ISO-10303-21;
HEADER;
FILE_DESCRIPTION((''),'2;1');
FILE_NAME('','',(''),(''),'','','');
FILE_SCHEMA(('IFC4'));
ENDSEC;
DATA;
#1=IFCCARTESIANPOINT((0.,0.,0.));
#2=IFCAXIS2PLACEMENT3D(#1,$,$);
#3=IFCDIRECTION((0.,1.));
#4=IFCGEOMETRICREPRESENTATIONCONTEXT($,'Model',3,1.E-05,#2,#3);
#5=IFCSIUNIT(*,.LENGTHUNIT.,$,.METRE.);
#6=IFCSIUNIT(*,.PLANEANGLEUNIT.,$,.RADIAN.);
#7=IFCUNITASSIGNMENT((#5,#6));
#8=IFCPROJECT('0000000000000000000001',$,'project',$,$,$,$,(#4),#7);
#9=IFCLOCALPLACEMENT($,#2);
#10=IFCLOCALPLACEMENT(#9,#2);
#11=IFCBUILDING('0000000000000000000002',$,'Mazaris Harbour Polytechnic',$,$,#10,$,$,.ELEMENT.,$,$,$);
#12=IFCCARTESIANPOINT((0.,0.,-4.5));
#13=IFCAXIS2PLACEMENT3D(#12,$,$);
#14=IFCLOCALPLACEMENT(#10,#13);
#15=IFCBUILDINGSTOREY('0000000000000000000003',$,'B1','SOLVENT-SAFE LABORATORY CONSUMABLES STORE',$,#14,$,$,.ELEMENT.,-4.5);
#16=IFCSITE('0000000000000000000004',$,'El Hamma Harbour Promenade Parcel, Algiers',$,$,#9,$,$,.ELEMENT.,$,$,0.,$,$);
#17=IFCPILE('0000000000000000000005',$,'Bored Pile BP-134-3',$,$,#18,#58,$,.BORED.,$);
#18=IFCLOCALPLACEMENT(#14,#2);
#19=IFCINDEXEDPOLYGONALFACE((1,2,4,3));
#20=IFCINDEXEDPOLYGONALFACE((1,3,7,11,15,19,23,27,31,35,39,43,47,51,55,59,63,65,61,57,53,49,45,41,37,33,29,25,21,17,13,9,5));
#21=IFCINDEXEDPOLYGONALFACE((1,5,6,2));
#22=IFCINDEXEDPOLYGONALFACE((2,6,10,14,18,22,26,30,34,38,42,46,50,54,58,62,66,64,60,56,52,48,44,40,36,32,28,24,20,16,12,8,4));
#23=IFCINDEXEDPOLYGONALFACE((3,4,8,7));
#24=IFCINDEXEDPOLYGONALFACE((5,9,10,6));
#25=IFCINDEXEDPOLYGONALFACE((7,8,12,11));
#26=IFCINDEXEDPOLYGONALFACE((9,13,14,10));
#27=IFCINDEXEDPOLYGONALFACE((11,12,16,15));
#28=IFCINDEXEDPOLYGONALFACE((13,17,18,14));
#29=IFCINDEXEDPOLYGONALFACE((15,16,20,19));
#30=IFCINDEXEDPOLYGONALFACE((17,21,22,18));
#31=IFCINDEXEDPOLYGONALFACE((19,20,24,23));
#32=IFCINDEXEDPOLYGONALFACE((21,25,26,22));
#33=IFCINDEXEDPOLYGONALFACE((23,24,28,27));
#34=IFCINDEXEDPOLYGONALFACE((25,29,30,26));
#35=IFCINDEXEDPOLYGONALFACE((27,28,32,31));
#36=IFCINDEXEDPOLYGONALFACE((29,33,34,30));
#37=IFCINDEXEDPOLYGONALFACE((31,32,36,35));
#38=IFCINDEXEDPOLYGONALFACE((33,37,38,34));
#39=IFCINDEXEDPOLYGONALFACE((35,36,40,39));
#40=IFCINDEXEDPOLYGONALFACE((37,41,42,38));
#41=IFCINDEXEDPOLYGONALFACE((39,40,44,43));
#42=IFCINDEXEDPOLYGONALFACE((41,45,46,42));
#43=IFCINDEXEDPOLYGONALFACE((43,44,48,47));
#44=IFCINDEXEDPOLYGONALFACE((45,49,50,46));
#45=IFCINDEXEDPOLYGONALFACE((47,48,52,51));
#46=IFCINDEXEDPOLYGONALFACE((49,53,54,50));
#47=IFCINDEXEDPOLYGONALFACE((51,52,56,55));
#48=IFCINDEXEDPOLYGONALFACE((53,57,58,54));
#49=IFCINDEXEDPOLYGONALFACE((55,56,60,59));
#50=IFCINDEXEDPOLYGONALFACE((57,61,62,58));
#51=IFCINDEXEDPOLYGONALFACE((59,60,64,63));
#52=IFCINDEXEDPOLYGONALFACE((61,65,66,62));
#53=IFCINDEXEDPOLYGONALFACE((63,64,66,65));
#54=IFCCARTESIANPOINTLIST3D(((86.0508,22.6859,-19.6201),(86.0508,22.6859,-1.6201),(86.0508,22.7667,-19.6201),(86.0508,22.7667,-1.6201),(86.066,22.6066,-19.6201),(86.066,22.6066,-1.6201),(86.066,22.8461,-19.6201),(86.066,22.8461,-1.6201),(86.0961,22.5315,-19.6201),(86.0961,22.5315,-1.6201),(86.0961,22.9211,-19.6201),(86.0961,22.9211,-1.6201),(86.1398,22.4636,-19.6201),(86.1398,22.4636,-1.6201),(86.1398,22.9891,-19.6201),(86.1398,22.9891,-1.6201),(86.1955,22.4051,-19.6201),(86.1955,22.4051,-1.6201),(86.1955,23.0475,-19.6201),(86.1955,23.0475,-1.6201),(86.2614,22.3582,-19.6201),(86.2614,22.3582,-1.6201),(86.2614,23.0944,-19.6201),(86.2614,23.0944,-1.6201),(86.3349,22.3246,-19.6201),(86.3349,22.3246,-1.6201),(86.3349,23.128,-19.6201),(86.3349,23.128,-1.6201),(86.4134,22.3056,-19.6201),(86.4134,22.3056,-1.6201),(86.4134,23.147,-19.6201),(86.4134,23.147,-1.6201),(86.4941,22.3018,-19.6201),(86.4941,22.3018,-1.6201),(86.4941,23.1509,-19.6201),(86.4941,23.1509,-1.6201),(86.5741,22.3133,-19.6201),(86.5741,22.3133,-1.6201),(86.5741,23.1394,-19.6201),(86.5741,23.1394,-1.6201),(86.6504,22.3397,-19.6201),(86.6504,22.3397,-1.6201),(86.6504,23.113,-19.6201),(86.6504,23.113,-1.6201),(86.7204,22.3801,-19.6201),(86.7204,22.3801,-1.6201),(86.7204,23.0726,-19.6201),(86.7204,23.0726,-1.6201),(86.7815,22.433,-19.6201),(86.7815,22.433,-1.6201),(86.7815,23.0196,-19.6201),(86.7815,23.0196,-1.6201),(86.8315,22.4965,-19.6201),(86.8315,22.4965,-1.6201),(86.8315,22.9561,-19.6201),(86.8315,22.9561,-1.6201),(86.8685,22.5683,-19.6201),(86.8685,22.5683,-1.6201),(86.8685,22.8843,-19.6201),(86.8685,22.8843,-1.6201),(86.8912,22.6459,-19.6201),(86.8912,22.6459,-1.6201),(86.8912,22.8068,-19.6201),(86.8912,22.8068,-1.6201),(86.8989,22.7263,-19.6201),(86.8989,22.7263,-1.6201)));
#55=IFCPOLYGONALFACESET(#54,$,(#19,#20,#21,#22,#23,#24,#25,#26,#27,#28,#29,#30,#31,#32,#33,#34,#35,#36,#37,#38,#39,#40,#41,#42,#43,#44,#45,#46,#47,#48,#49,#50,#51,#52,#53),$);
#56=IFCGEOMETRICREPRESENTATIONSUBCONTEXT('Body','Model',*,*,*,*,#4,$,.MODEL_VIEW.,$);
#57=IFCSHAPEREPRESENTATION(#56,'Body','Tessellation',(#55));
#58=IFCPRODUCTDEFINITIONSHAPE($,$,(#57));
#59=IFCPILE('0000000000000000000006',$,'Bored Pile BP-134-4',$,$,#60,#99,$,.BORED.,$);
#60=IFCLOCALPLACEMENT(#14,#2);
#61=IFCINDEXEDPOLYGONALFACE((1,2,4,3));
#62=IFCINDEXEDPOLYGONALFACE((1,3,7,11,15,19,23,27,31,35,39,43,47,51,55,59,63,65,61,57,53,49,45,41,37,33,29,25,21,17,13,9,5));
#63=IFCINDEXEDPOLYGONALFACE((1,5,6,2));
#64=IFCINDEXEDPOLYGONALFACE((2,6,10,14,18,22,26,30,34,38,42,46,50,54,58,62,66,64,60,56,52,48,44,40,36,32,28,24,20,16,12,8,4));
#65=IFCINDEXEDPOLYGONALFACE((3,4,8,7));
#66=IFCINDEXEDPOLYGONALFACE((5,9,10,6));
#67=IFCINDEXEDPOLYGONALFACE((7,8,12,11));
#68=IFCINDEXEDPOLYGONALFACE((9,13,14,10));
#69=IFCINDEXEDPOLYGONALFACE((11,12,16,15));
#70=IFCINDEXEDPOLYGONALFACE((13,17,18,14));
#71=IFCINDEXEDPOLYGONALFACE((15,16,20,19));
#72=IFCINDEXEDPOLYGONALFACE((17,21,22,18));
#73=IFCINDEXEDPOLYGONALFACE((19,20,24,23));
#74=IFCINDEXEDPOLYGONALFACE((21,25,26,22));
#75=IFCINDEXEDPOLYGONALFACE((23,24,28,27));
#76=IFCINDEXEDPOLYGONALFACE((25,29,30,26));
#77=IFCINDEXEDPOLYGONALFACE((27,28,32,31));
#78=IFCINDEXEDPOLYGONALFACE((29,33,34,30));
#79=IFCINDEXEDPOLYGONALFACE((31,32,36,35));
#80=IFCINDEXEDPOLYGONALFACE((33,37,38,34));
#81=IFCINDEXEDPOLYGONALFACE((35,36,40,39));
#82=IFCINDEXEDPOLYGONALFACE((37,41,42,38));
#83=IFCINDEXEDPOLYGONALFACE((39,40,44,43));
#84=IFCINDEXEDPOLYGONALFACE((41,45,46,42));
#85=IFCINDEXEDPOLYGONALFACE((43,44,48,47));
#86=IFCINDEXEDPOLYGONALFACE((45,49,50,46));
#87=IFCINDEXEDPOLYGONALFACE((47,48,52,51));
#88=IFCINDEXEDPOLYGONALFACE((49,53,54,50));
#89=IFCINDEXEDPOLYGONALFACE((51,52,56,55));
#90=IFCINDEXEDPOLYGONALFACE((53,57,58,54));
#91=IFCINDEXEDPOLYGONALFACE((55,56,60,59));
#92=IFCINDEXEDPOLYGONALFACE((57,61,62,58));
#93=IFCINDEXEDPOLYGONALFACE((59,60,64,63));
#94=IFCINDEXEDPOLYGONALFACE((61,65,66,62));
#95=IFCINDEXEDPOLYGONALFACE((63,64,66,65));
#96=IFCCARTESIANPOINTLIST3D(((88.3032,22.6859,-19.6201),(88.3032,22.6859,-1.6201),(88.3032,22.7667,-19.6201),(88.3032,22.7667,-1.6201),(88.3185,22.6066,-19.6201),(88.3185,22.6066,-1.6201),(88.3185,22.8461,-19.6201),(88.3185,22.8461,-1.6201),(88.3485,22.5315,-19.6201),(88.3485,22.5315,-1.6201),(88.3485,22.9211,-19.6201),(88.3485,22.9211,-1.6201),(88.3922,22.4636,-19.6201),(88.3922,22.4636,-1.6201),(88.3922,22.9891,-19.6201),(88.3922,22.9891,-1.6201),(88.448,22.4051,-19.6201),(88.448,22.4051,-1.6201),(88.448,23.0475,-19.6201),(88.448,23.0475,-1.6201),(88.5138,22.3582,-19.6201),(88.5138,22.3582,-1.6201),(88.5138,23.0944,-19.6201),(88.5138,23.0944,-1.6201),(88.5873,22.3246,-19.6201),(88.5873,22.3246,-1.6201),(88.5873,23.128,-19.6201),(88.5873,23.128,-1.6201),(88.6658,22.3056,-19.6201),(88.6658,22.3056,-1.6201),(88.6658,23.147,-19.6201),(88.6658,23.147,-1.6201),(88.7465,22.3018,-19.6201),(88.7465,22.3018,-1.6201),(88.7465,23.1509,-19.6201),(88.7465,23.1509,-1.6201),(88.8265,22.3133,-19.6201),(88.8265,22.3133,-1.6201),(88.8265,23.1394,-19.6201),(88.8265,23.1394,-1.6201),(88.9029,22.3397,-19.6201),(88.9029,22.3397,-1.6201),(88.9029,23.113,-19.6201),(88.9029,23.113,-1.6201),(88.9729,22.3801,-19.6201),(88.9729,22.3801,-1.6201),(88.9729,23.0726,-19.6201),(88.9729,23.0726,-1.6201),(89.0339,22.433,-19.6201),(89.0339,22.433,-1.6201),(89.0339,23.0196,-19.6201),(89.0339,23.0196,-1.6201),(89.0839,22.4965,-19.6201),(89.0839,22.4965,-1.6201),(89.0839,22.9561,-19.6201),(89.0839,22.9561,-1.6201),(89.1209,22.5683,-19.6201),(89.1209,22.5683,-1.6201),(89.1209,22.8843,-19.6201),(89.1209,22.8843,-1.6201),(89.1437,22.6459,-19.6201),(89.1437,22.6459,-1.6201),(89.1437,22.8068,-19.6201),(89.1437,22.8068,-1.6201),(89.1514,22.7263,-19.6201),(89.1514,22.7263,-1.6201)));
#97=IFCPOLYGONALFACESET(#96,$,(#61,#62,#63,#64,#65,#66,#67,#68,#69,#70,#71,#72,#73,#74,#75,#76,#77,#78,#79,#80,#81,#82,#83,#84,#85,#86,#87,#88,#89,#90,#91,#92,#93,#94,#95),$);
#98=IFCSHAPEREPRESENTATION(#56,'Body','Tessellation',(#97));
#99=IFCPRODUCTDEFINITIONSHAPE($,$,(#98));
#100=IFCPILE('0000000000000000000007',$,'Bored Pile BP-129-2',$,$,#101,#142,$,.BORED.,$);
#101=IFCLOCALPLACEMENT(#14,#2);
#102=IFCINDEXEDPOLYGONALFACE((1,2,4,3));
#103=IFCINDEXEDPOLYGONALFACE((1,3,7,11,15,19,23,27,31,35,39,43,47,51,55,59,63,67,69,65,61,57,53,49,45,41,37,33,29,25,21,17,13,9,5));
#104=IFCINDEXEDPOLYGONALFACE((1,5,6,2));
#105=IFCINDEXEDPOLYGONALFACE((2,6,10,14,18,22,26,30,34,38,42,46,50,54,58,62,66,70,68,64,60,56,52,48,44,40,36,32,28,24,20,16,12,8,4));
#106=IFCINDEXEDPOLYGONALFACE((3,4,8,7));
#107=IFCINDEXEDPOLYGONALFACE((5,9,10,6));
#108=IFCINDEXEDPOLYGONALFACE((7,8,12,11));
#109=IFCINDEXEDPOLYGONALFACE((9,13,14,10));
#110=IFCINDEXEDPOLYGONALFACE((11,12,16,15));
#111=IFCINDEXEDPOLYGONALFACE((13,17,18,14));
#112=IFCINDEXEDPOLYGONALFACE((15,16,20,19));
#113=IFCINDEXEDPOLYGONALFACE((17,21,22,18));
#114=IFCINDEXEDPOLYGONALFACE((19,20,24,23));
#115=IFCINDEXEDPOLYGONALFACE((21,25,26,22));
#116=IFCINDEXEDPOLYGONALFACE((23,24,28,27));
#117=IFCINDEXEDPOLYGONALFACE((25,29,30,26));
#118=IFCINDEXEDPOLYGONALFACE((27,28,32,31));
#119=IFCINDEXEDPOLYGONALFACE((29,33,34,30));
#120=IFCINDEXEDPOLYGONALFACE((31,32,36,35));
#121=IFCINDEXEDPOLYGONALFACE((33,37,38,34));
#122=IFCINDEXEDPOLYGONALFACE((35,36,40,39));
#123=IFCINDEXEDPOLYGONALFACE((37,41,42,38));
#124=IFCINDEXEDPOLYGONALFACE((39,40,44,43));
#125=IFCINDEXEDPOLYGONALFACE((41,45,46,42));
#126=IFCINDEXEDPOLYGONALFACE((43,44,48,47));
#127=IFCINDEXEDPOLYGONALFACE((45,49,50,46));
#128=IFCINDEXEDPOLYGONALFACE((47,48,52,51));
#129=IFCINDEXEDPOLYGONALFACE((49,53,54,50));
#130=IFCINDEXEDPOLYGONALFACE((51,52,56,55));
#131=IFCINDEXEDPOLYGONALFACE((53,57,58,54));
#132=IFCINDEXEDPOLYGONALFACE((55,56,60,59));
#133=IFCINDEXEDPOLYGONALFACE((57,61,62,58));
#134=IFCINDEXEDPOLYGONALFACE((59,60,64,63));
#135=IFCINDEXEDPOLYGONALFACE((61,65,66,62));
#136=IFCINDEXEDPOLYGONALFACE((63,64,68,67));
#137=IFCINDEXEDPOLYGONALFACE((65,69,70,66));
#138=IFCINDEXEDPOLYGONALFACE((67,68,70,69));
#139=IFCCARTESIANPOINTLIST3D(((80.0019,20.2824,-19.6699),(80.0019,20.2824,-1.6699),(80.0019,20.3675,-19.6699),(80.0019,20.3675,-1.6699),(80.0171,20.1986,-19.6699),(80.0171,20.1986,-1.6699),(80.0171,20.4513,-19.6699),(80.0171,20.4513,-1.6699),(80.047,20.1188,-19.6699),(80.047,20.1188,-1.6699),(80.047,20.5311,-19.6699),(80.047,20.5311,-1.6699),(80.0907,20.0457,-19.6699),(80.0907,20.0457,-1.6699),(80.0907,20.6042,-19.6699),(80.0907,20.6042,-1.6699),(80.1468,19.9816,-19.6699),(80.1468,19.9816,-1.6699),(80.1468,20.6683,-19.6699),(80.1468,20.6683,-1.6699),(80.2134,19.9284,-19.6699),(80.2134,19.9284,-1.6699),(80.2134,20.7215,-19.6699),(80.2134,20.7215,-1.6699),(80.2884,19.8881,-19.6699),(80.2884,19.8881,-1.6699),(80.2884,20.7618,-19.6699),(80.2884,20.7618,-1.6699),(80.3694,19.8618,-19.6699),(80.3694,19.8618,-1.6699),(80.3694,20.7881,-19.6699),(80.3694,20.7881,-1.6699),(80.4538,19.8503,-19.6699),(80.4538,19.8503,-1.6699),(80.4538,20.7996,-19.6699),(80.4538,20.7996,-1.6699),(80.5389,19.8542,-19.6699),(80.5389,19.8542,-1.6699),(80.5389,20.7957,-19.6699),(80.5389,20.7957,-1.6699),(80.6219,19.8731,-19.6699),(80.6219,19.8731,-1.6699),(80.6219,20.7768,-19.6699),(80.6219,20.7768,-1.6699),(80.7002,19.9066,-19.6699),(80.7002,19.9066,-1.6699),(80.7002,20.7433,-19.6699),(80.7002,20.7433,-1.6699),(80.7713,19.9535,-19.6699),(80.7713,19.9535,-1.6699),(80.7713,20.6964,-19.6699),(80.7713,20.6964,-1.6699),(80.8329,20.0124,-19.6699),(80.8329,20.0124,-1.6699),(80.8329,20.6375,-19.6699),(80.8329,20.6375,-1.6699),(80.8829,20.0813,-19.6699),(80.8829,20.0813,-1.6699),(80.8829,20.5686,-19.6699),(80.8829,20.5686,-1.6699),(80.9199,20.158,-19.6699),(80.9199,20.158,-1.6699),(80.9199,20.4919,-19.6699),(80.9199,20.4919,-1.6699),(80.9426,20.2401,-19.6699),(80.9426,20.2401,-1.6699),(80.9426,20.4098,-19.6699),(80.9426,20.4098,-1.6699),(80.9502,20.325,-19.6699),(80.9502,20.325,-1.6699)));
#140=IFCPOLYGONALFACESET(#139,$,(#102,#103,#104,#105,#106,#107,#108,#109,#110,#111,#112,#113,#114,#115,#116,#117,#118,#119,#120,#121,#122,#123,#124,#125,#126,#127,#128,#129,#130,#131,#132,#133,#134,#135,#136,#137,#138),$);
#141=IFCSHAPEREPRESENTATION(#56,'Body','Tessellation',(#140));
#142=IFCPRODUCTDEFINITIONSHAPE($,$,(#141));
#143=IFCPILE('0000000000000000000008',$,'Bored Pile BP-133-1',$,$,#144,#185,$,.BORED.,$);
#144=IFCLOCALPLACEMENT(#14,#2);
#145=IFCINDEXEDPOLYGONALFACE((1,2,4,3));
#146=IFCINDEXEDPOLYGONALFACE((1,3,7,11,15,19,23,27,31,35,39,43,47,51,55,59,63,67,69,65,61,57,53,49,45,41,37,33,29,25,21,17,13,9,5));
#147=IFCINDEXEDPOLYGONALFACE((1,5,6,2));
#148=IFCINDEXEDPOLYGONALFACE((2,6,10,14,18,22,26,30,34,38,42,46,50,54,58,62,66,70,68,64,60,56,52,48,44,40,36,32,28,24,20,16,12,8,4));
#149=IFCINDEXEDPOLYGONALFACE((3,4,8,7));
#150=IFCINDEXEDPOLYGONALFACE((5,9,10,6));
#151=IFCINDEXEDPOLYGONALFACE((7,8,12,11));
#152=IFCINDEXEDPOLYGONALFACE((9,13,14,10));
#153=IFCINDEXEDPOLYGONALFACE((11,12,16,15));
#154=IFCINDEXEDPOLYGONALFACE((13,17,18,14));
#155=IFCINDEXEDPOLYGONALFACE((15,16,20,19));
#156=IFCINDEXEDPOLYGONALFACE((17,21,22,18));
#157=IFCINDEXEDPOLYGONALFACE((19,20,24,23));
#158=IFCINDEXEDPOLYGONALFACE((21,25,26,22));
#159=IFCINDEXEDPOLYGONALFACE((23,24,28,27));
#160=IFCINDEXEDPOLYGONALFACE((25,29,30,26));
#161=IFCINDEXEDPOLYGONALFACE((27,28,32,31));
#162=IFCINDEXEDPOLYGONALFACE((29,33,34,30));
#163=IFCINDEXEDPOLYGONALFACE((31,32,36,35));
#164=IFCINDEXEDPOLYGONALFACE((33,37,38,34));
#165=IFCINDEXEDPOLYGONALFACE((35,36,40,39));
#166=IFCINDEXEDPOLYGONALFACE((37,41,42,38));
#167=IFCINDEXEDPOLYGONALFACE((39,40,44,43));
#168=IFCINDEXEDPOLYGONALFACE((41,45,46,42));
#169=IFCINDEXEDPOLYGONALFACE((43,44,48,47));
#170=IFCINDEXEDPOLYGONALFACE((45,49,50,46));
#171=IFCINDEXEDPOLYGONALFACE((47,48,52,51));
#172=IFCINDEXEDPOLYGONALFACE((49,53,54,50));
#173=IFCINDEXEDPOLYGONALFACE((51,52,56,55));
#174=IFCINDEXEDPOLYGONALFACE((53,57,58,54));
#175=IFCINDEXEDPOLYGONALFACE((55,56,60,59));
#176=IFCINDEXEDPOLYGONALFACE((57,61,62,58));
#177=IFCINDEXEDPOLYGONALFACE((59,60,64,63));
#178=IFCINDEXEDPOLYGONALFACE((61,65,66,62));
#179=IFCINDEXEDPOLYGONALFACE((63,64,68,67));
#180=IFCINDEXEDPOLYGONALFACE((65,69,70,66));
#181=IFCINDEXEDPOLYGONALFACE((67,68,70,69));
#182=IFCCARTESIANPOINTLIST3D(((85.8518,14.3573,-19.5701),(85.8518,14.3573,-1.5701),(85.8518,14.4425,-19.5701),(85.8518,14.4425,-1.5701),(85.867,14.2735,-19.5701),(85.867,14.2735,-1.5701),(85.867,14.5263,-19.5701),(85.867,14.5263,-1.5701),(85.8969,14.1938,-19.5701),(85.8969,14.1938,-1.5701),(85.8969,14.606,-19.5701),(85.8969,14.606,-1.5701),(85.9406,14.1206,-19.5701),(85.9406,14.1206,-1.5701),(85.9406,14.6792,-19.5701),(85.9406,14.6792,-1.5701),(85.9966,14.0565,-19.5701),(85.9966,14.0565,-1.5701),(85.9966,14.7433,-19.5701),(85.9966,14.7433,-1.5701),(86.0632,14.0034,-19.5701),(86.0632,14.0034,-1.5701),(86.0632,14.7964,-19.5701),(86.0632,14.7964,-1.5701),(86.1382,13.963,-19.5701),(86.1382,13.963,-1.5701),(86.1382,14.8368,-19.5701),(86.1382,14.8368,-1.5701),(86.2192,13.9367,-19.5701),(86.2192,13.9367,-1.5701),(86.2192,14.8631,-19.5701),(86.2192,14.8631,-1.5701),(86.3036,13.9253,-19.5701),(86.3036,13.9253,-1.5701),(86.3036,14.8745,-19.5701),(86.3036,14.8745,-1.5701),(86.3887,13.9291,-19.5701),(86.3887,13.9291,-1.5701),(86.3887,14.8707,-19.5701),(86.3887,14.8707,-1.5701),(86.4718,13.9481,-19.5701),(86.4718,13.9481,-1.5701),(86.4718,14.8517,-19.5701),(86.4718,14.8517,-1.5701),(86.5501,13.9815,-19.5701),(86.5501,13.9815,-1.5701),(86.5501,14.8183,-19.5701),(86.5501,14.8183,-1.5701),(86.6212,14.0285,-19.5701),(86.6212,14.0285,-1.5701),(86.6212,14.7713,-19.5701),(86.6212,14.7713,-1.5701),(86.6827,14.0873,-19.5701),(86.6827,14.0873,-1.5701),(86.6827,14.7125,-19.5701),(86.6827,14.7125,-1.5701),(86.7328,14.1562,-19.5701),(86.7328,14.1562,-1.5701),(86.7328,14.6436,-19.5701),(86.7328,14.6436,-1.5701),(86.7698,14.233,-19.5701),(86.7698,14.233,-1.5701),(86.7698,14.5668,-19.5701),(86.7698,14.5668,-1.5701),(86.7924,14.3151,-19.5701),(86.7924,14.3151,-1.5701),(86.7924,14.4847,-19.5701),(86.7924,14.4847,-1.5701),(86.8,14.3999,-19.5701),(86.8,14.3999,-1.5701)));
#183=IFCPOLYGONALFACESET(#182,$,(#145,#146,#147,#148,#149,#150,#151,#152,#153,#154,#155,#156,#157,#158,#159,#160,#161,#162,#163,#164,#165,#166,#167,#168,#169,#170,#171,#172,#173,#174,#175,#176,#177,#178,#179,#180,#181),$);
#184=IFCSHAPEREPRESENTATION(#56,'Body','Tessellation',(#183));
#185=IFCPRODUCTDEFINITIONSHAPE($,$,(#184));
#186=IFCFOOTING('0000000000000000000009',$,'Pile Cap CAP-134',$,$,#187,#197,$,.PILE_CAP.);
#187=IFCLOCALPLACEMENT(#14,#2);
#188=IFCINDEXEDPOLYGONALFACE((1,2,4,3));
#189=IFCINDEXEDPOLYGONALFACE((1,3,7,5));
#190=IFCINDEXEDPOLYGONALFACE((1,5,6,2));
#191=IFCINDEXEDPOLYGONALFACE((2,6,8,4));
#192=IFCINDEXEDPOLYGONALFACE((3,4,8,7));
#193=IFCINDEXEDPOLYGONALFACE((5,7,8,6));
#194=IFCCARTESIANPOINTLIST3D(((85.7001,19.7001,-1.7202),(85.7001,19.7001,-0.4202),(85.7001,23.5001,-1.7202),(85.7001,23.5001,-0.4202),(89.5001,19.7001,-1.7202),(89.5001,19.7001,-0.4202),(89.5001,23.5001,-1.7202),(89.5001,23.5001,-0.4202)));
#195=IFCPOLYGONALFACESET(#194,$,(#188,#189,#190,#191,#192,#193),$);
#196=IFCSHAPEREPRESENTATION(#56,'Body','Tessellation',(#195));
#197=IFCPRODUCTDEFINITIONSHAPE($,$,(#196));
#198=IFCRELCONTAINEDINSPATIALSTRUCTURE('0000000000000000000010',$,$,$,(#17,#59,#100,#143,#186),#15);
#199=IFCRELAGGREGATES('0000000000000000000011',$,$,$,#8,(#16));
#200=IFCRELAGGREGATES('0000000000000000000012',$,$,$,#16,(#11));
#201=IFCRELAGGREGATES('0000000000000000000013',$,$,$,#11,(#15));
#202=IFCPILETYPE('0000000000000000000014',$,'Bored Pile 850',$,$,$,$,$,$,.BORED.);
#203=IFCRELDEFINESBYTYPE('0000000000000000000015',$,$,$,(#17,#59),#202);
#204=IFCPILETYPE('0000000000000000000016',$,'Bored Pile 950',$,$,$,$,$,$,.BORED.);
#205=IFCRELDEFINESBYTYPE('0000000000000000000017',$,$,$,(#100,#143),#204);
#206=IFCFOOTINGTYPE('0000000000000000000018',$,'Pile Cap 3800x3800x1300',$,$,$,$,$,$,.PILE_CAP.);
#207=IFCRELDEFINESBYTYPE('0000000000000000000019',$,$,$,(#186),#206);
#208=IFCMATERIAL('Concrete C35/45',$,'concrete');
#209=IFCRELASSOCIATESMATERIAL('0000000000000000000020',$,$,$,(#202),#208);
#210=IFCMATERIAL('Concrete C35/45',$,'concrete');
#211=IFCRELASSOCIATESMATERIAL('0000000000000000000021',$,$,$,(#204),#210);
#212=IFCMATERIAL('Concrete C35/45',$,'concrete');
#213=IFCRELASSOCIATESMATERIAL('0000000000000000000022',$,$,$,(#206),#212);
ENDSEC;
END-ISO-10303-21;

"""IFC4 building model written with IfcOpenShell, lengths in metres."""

from ifc_helpers import new_model, si_unit, direction, frame, origin, origin_2d, place, context, subcontext, project, spatial, rectangle, circle, extrude, material, material_profile, profile_set, type_object, element, save


model = new_model("IFC4")

# Units and contexts
model_context = context("Model", 3, precision=1e-05, world=origin(), true_north=direction((0.0, 1.0)))
body_context = subcontext(model_context, "Body", "Model", "MODEL_VIEW")
ifc_project = project(units=[si_unit("LENGTHUNIT", "METRE"), si_unit("PLANEANGLEUNIT", "RADIAN")], contexts=[model_context])

# Site, building, storey
site_placement = place(None, origin())
site = spatial("IfcSite", under=ifc_project, at=site_placement, Name="El Hamma Harbour Promenade Parcel, Algiers", CompositionType="ELEMENT", RefElevation=0.0)
building_placement = place(site_placement, origin())
building = spatial("IfcBuilding", under=site, at=building_placement, Name="Mazaris Harbour Polytechnic", CompositionType="ELEMENT")
storey_placement = place(building_placement, frame((0.0, 0.0, -4.5)))
storey = spatial("IfcBuildingStorey", under=building, at=storey_placement, Name="B1", Description="SOLVENT-SAFE LABORATORY CONSUMABLES STORE", CompositionType="ELEMENT", Elevation=-4.5)

# Piles
ifc_material_1 = material(Name="Concrete C35/45", Category="concrete")
ifc_material_profile_1 = material_profile(ifc_material_1, circle(Radius=0.425, at=origin_2d()), Name="DIA850")
ifc_profile_set_1 = profile_set([ifc_material_profile_1], Name="Concrete C35/45")
pile_type_1 = type_object("IfcPileType", Name="Bored Pile 850", PredefinedType="BORED", material=ifc_profile_set_1)
for number, where, z_axis, x_axis, name in (
    (1, (86.4739, 22.7263, -1.6201), (0.0, 0.0, -1.0), (1.0, 0.0, 0.0), "Bored Pile BP-134-3"),
    (2, (88.7263, 22.7263, -1.6201), (0.0, 0.0, -1.0), (1.0, 0.0, 0.0), "Bored Pile BP-134-4"),
):
    element("IfcPile", number, at=place(storey_placement, frame(where, z_axis=z_axis, x_axis=x_axis)), inside=storey, type_object=pile_type_1, Name=name, PredefinedType="BORED", context=body_context, shape_type="SweptSolid", body=[
        extrude(circle(Radius=0.425, at=origin_2d()), origin(), (0.0, 0.0, 1.0), 18.0),
    ])
ifc_material_2 = material(Name="Concrete C35/45", Category="concrete")
ifc_material_profile_2 = material_profile(ifc_material_2, circle(Radius=0.4751, at=origin_2d()), Name="DIA950")
ifc_profile_set_2 = profile_set([ifc_material_profile_2], Name="Concrete C35/45")
pile_type_2 = type_object("IfcPileType", Name="Bored Pile 950", PredefinedType="BORED", material=ifc_profile_set_2)
for number, where, z_axis, x_axis, name in (
    (3, (80.4751, 20.325, -1.6699), (0.0, 0.0, -1.0), (1.0, 0.0, 0.0), "Bored Pile BP-129-2"),
    (4, (86.325, 14.3999, -1.5701), (0.0, 0.0, -1.0), (1.0, 0.0, 0.0), "Bored Pile BP-133-1"),
):
    element("IfcPile", number, at=place(storey_placement, frame(where, z_axis=z_axis, x_axis=x_axis)), inside=storey, type_object=pile_type_2, Name=name, PredefinedType="BORED", context=body_context, shape_type="SweptSolid", body=[
        extrude(circle(Radius=0.4751, at=origin_2d()), origin(), (0.0, 0.0, 1.0), 18.0),
    ])

# Footing
ifc_material_3 = material(Name="Concrete C35/45", Category="concrete")
footing_type_1 = type_object("IfcFootingType", Name="Pile Cap 3800x3800x1300", PredefinedType="PILE_CAP", material=ifc_material_3)
footing_1_placement = place(storey_placement, frame((87.6001, 21.6001, -1.7202), z_axis=(0.0, 0.0, 1.0), x_axis=(1.0, 0.0, 0.0)))
element("IfcFooting", 5, at=footing_1_placement, inside=storey, type_object=footing_type_1, Name="Pile Cap CAP-134", PredefinedType="PILE_CAP", context=body_context, shape_type="SweptSolid", body=[
    extrude(rectangle(XDim=3.8, YDim=3.8, at=origin_2d()), origin(), (0.0, 0.0, 1.0), 1.3),
])

save(model, "model.ifc")
